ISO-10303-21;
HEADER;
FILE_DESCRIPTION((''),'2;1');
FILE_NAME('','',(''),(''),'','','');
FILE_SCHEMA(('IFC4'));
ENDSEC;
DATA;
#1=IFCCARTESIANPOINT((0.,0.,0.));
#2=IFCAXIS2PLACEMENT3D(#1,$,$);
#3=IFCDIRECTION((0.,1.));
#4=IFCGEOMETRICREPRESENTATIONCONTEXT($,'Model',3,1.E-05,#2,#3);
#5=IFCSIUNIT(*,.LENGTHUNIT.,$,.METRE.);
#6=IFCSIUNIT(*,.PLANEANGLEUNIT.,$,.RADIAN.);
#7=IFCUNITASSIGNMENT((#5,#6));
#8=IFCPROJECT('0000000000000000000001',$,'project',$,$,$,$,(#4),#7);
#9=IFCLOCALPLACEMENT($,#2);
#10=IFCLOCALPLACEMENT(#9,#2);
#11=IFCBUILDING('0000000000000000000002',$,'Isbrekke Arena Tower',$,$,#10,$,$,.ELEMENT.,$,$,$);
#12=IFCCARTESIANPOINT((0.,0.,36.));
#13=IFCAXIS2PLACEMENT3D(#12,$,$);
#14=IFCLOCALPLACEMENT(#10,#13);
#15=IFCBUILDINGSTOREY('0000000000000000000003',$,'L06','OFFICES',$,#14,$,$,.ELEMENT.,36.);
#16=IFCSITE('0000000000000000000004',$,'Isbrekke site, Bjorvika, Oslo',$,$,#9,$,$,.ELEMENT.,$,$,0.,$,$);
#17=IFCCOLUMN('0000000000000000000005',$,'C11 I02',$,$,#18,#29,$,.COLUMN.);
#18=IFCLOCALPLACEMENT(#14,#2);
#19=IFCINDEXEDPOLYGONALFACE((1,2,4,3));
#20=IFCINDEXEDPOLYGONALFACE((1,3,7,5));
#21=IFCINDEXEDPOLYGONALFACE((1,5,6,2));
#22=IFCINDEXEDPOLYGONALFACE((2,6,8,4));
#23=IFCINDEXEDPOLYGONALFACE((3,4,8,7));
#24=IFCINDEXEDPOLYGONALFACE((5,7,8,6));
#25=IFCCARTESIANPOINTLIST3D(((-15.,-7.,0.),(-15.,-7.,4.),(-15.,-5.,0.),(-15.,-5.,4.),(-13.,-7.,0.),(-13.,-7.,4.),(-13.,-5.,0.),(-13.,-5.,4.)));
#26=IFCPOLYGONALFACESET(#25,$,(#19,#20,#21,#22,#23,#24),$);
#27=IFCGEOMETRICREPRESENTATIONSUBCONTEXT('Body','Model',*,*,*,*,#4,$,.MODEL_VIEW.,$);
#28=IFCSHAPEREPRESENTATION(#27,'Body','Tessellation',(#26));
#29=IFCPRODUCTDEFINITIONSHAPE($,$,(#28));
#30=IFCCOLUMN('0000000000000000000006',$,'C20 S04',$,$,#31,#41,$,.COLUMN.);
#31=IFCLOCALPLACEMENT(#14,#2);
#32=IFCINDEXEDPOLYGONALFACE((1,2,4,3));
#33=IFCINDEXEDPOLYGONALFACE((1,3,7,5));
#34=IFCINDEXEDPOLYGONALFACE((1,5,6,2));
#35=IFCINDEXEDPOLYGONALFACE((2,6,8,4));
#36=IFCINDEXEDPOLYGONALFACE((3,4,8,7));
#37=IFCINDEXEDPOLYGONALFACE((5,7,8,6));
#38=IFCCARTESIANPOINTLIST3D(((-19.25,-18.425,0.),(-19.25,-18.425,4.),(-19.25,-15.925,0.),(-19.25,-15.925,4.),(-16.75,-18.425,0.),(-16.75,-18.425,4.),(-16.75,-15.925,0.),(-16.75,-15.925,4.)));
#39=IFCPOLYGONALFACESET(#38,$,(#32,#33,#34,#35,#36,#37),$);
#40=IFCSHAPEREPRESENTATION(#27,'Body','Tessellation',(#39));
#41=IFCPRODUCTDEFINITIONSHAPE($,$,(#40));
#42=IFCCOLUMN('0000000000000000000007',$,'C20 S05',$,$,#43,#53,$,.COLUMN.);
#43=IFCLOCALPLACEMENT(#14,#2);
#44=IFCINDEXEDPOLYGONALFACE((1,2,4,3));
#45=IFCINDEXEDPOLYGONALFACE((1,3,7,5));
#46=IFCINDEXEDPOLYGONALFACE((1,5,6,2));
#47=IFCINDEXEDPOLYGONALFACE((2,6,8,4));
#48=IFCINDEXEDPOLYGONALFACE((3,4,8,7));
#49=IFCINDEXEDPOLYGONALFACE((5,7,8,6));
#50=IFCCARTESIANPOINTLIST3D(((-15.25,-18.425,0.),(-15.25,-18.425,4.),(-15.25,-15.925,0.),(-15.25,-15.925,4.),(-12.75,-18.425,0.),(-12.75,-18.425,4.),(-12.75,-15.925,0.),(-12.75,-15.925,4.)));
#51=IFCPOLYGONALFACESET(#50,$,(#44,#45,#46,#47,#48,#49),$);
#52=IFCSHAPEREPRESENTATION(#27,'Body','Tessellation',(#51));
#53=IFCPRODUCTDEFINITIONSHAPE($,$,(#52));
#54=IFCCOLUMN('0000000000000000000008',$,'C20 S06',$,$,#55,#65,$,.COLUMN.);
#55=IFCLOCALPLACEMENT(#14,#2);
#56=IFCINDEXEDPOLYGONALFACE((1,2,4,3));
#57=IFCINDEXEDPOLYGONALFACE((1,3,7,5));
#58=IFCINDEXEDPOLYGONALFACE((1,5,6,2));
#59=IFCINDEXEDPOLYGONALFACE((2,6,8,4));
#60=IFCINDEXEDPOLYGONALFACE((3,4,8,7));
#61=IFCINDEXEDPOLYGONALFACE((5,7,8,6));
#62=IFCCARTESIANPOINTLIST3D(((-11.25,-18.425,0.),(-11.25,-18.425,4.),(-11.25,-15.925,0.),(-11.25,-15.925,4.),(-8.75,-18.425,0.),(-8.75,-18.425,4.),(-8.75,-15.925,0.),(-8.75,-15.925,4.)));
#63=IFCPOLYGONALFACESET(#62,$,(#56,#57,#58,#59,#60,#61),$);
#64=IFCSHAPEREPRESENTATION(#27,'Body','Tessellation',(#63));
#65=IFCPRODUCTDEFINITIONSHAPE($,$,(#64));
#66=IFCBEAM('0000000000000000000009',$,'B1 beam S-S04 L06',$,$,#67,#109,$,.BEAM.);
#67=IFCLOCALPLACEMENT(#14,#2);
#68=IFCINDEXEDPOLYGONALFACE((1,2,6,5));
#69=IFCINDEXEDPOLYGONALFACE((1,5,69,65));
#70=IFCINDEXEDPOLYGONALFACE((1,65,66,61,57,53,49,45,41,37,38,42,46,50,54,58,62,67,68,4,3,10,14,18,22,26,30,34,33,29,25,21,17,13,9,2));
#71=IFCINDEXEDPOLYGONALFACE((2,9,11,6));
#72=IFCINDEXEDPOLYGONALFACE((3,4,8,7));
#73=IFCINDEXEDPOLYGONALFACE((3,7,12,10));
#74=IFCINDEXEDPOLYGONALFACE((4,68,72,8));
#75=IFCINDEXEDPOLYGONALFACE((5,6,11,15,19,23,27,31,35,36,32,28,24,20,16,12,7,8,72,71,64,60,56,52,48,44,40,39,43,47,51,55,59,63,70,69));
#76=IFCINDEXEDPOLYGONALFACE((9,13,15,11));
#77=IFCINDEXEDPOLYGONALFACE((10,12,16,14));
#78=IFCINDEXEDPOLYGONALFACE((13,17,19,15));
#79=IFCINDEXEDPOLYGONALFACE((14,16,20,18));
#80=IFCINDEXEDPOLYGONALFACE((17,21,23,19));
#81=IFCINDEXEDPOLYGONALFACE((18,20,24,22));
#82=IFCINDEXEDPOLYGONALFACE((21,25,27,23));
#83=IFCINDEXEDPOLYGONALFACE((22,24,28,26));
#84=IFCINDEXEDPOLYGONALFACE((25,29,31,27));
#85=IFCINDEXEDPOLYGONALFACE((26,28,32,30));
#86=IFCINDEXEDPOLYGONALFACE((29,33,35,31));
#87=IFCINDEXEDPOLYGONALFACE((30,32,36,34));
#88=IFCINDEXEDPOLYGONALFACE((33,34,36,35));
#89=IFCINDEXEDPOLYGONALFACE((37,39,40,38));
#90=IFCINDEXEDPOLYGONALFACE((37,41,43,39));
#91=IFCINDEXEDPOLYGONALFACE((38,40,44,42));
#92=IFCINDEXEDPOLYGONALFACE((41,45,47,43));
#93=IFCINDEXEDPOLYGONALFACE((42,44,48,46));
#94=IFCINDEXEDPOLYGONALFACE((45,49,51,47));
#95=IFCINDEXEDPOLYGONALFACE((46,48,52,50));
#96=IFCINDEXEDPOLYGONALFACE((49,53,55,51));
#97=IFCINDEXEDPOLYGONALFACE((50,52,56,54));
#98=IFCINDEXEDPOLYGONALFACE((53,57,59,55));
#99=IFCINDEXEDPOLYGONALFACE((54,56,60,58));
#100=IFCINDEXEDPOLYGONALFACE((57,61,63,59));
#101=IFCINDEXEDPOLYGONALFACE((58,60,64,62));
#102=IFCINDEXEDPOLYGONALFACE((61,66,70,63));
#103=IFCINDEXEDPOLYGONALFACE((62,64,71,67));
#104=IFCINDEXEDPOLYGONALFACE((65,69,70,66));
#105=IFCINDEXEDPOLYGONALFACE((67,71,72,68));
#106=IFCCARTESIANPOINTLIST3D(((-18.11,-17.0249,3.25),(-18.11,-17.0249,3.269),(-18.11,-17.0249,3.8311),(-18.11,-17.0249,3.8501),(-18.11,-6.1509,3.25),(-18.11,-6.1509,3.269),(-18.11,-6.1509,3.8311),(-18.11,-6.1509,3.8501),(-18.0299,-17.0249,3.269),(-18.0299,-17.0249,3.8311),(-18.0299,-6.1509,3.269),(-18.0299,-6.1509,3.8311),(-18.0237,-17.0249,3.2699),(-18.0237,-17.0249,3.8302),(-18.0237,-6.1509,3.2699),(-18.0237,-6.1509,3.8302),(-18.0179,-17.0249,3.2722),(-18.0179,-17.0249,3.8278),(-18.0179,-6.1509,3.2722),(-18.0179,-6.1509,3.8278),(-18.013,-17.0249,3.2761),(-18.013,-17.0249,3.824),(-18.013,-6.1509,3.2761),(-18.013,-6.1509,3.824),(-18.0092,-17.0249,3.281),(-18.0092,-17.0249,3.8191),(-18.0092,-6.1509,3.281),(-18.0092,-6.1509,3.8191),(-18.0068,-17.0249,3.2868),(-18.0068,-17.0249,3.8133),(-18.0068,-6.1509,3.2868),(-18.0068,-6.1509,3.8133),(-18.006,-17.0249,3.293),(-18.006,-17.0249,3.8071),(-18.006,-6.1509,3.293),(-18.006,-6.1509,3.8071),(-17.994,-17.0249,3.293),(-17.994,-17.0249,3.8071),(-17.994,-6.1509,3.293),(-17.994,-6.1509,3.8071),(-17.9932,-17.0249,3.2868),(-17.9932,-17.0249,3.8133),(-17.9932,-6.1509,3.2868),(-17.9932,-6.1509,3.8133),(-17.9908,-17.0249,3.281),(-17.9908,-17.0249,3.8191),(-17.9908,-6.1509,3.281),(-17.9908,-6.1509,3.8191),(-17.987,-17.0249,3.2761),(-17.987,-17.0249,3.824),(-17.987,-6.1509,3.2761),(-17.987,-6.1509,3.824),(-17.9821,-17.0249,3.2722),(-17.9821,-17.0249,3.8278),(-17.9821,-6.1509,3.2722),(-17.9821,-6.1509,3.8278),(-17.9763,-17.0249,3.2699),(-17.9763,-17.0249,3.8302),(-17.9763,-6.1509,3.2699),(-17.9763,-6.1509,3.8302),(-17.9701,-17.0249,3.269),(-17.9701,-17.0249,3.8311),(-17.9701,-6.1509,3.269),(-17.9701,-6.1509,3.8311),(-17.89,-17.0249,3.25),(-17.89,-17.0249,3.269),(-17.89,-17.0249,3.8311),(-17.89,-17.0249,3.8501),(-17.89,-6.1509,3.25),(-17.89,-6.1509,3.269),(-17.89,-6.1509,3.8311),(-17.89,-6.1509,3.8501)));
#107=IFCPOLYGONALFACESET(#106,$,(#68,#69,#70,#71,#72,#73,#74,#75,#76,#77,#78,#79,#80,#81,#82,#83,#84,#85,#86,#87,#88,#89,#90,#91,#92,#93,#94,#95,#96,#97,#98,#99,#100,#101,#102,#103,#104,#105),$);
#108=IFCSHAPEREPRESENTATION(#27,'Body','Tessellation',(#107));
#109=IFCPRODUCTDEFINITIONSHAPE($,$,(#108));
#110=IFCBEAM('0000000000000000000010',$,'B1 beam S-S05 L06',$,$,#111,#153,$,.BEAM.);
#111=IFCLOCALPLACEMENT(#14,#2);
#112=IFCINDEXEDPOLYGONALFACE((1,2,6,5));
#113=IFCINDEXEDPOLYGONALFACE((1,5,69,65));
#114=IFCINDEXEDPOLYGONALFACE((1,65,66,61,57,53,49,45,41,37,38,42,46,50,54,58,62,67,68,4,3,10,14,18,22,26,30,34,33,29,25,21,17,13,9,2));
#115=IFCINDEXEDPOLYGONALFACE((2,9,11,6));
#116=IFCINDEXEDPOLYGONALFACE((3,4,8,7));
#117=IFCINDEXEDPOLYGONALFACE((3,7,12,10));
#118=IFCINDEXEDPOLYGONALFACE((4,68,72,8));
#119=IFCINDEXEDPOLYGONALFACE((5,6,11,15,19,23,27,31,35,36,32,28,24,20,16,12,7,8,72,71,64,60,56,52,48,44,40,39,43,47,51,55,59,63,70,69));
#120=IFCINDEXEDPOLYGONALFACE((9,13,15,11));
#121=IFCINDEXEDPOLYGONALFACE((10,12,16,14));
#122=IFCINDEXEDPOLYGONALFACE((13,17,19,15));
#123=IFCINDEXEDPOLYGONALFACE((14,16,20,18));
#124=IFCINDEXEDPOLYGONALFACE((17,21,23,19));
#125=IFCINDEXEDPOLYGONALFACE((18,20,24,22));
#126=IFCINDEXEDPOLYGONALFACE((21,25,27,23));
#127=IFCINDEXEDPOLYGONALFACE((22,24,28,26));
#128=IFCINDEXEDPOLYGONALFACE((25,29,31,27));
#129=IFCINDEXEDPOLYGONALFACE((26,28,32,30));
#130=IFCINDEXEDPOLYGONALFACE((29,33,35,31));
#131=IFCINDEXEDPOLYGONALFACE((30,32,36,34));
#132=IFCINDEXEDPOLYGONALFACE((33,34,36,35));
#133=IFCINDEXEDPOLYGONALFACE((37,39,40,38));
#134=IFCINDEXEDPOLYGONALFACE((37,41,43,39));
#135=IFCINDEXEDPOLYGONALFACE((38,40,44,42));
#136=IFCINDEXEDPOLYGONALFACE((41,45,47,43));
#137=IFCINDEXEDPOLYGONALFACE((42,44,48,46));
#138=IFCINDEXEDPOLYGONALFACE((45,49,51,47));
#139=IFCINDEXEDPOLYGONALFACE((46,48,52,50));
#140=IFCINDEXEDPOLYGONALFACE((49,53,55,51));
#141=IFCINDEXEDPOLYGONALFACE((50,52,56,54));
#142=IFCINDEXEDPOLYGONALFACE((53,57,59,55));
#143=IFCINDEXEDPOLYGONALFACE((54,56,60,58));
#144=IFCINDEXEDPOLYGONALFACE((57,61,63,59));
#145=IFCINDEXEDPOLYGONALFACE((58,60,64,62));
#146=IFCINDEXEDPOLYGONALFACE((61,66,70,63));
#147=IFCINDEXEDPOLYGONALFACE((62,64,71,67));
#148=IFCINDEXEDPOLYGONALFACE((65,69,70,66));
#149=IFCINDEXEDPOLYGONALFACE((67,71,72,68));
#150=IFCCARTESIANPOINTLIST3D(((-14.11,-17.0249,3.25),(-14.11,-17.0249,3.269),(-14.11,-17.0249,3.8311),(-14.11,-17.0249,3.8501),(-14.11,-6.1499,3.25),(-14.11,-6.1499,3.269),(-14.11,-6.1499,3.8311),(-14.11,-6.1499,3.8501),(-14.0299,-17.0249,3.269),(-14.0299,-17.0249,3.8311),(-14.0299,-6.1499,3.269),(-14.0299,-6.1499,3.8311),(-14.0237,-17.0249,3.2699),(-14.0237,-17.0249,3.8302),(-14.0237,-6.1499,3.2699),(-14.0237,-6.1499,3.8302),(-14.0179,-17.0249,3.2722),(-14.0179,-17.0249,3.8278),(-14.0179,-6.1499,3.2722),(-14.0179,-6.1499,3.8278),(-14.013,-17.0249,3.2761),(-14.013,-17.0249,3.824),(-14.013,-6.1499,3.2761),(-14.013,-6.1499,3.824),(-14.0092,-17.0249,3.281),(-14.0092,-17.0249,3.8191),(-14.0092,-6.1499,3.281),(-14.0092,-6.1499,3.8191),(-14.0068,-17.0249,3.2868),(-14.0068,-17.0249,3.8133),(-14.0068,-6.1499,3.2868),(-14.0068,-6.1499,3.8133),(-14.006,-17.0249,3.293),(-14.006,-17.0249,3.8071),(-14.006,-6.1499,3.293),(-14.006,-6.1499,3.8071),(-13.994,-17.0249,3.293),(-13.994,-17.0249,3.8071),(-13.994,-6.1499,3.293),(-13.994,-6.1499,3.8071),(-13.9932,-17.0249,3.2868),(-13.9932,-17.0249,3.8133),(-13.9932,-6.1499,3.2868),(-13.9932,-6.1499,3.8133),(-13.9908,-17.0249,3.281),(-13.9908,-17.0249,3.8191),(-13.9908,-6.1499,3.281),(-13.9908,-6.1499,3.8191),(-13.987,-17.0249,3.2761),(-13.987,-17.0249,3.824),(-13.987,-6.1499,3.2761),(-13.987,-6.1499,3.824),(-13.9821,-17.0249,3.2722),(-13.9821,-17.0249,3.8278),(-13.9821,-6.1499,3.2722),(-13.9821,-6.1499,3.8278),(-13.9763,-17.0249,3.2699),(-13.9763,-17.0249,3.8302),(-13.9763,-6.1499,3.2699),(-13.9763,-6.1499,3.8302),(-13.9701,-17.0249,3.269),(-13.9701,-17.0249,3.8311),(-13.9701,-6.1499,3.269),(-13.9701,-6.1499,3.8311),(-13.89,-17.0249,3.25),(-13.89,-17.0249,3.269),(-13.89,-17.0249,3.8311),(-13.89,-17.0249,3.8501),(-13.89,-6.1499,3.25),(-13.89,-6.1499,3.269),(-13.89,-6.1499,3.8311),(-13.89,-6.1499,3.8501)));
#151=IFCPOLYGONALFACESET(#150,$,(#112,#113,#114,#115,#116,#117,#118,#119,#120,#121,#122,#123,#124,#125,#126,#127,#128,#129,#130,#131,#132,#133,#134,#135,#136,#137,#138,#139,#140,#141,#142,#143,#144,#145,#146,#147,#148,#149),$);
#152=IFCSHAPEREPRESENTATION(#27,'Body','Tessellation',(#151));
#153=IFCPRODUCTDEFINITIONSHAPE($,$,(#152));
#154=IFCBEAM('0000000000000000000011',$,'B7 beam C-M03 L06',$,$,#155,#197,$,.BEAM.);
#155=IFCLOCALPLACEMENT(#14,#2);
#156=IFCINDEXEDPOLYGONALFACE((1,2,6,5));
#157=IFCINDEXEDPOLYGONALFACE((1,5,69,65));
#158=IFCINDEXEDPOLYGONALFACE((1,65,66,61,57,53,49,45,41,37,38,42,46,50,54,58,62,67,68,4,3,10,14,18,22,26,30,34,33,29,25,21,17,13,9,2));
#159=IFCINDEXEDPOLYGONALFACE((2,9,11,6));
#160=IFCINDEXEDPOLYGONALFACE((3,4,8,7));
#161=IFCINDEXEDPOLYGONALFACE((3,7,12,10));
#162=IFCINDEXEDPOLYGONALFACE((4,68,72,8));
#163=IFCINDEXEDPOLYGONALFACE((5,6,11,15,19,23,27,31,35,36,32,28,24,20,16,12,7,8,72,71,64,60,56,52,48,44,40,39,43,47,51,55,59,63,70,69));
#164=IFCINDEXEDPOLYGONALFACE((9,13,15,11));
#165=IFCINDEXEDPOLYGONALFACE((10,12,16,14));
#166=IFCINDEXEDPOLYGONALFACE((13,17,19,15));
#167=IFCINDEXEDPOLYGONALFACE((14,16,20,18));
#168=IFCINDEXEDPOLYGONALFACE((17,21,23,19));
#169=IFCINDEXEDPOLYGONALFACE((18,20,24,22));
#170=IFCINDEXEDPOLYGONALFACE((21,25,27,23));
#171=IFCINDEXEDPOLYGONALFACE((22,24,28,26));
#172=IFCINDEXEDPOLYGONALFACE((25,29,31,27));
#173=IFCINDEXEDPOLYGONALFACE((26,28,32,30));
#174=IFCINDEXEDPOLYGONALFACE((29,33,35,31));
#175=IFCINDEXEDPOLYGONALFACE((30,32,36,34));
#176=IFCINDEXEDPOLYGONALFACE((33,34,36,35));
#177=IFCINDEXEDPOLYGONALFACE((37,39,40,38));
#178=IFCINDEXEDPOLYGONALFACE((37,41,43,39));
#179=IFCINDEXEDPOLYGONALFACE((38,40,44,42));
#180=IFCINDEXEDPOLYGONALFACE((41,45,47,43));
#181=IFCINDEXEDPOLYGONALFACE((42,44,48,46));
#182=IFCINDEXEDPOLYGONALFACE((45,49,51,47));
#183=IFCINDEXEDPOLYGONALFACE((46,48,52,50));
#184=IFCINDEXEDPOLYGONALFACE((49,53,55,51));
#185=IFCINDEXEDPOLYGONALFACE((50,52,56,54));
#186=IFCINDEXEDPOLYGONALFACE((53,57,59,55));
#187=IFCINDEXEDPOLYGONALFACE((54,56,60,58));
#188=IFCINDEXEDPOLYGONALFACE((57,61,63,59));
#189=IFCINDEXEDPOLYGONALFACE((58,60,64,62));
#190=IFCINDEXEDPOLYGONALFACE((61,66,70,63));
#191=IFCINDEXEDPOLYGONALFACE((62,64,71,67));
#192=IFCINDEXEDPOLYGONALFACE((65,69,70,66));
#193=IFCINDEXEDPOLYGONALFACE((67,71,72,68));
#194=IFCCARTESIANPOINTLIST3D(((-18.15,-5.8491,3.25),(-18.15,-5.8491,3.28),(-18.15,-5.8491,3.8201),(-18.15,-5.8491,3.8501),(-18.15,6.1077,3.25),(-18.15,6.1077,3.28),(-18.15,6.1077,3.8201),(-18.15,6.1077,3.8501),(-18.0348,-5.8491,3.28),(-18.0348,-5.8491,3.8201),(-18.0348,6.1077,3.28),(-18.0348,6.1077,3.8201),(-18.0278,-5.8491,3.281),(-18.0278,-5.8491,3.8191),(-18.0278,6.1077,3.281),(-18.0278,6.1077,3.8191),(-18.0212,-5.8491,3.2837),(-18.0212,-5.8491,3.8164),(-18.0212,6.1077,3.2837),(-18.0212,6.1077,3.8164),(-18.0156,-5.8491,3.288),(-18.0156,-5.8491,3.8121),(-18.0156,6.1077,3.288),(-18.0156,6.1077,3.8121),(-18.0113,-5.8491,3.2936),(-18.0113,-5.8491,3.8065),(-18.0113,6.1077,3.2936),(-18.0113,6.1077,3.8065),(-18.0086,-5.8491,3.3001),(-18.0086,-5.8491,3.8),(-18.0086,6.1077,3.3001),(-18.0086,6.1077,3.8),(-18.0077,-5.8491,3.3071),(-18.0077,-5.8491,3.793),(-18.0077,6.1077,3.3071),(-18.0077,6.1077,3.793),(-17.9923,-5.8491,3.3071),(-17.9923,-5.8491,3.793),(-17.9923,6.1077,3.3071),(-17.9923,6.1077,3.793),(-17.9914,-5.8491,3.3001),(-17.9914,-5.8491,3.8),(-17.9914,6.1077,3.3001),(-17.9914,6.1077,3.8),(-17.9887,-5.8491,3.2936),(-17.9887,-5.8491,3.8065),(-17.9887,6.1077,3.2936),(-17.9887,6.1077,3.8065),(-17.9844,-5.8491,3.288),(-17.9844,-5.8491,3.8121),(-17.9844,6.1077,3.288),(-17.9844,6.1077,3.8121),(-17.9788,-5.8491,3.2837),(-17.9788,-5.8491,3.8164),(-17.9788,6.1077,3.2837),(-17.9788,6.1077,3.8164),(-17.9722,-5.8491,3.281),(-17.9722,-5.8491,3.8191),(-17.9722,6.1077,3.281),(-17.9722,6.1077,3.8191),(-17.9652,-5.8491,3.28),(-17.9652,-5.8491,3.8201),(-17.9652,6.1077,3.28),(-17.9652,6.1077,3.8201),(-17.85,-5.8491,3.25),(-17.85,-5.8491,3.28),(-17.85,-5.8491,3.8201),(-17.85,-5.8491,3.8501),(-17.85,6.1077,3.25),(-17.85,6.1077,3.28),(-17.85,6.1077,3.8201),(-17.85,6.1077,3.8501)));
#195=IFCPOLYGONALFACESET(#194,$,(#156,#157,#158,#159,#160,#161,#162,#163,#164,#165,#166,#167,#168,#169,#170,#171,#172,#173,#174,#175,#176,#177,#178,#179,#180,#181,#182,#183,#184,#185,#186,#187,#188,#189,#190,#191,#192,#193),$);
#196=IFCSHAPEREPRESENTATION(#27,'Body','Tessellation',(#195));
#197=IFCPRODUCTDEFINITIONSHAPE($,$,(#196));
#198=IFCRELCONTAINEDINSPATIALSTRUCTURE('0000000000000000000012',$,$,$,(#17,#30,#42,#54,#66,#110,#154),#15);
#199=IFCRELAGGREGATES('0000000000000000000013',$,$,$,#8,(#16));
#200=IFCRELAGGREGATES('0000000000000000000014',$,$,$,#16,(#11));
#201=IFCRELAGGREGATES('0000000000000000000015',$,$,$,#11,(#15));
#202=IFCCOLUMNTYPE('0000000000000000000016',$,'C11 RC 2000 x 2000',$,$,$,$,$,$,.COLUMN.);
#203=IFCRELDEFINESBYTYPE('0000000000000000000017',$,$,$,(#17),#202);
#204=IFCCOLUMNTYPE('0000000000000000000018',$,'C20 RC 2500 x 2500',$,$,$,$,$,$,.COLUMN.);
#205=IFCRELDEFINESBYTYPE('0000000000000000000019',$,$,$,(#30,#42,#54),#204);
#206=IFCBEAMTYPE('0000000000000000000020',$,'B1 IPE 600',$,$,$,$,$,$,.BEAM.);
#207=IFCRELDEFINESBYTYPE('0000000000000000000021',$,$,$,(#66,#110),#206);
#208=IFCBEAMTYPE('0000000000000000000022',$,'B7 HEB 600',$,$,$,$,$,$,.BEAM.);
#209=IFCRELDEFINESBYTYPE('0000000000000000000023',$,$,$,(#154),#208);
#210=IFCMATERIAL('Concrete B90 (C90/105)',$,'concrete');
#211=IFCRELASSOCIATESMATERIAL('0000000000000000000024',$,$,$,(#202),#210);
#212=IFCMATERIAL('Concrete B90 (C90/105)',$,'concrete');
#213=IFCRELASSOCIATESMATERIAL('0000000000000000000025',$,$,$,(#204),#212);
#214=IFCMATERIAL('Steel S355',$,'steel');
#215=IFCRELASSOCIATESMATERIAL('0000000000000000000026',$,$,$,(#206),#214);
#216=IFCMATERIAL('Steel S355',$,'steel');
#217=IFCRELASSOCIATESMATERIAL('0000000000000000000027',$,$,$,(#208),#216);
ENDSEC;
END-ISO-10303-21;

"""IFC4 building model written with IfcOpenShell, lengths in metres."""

from ifc_helpers import new_model, si_unit, direction, frame, origin, origin_2d, place, context, subcontext, project, spatial, rectangle, i_section, extrude, material, material_profile, profile_set, type_object, element, save


model = new_model("IFC4")

# Units and contexts
model_context = context("Model", 3, precision=1e-05, world=origin(), true_north=direction((0.0, 1.0)))
body_context = subcontext(model_context, "Body", "Model", "MODEL_VIEW")
ifc_project = project(units=[si_unit("LENGTHUNIT", "METRE"), si_unit("PLANEANGLEUNIT", "RADIAN")], contexts=[model_context])

# Site, building, storey
site_placement = place(None, origin())
site = spatial("IfcSite", under=ifc_project, at=site_placement, Name="Isbrekke site, Bjorvika, Oslo", CompositionType="ELEMENT", RefElevation=0.0)
building_placement = place(site_placement, origin())
building = spatial("IfcBuilding", under=site, at=building_placement, Name="Isbrekke Arena Tower", CompositionType="ELEMENT")
storey_placement = place(building_placement, frame((0.0, 0.0, 36.0)))
storey = spatial("IfcBuildingStorey", under=building, at=storey_placement, Name="L06", Description="OFFICES", CompositionType="ELEMENT", Elevation=36.0)

# Columns
ifc_material_1 = material(Name="Concrete B90 (C90/105)", Category="concrete")
ifc_material_profile_1 = material_profile(ifc_material_1, rectangle(XDim=2.0, YDim=2.0, at=origin_2d()), Name="RC 2000x2000")
ifc_profile_set_1 = profile_set([ifc_material_profile_1], Name="Concrete B90 (C90/105)")
column_type_1 = type_object("IfcColumnType", Name="C11 RC 2000 x 2000", PredefinedType="COLUMN", material=ifc_profile_set_1)
column_placement = place(storey_placement, frame((-14.0, -6.0, 0.0), z_axis=(0.0, 0.0, 1.0), x_axis=(1.0, 0.0, 0.0)))
element("IfcColumn", 1, at=column_placement, inside=storey, type_object=column_type_1, Name="C11 I02", PredefinedType="COLUMN", context=body_context, shape_type="SweptSolid", body=[
    extrude(rectangle(XDim=2.0, YDim=2.0, at=origin_2d()), origin(), (0.0, 0.0, 1.0), 4.0),
])
ifc_material_2 = material(Name="Concrete B90 (C90/105)", Category="concrete")
ifc_material_profile_2 = material_profile(ifc_material_2, rectangle(XDim=2.5, YDim=2.5, at=origin_2d()), Name="RC 2500x2500")
ifc_profile_set_2 = profile_set([ifc_material_profile_2], Name="Concrete B90 (C90/105)")
column_type_2 = type_object("IfcColumnType", Name="C20 RC 2500 x 2500", PredefinedType="COLUMN", material=ifc_profile_set_2)
for number, where, z_axis, x_axis, name in (
    (2, (-18.0, -17.175, 0.0), (0.0, 0.0, 1.0), (1.0, 0.0, 0.0), "C20 S04"),
    (3, (-14.0, -17.175, 0.0), (0.0, 0.0, 1.0), (1.0, 0.0, 0.0), "C20 S05"),
    (4, (-10.0, -17.175, 0.0), (0.0, 0.0, 1.0), (1.0, 0.0, 0.0), "C20 S06"),
):
    element("IfcColumn", number, at=place(storey_placement, frame(where, z_axis=z_axis, x_axis=x_axis)), inside=storey, type_object=column_type_2, Name=name, PredefinedType="COLUMN", context=body_context, shape_type="SweptSolid", body=[
        extrude(rectangle(XDim=2.5, YDim=2.5, at=origin_2d()), origin(), (0.0, 0.0, 1.0), 4.0),
    ])

# Beams
ifc_material_3 = material(Name="Steel S355", Category="steel")
ifc_material_profile_3 = material_profile(ifc_material_3, i_section(OverallWidth=0.22, OverallDepth=0.6001, WebThickness=0.012, FlangeThickness=0.019, FilletRadius=0.0239, at=origin_2d()), Name="IPE 600")
ifc_profile_set_3 = profile_set([ifc_material_profile_3], Name="Steel S355")
beam_type_1 = type_object("IfcBeamType", Name="B1 IPE 600", PredefinedType="BEAM", material=ifc_profile_set_3)
beam_1_placement = place(storey_placement, frame((-18.0, -17.0249, 3.55), z_axis=(0.0, 1.0, 0.0), x_axis=(-1.0, 0.0, 0.0)))
element("IfcBeam", 5, at=beam_1_placement, inside=storey, type_object=beam_type_1, Name="B1 beam S-S04 L06", PredefinedType="BEAM", context=body_context, shape_type="SweptSolid", body=[
    extrude(i_section(OverallWidth=0.22, OverallDepth=0.6001, WebThickness=0.012, FlangeThickness=0.019, FilletRadius=0.0239, at=origin_2d()), origin(), (0.0, 0.0, 1.0), 10.874),
])
beam_2_placement = place(storey_placement, frame((-14.0, -17.0249, 3.55), z_axis=(0.0, 1.0, 0.0), x_axis=(-1.0, 0.0, 0.0)))
element("IfcBeam", 6, at=beam_2_placement, inside=storey, type_object=beam_type_1, Name="B1 beam S-S05 L06", PredefinedType="BEAM", context=body_context, shape_type="SweptSolid", body=[
    extrude(i_section(OverallWidth=0.22, OverallDepth=0.6001, WebThickness=0.012, FlangeThickness=0.019, FilletRadius=0.0239, at=origin_2d()), origin(), (0.0, 0.0, 1.0), 10.875),
])
ifc_material_4 = material(Name="Steel S355", Category="steel")
ifc_material_profile_4 = material_profile(ifc_material_4, i_section(OverallWidth=0.3, OverallDepth=0.6001, WebThickness=0.0154, FlangeThickness=0.03, FilletRadius=0.0271, at=origin_2d()), Name="HEB 600")
ifc_profile_set_4 = profile_set([ifc_material_profile_4], Name="Steel S355")
beam_type_2 = type_object("IfcBeamType", Name="B7 HEB 600", PredefinedType="BEAM", material=ifc_profile_set_4)
beam_3_placement = place(storey_placement, frame((-18.0, -5.8491, 3.55), z_axis=(0.0, 1.0, 0.0), x_axis=(-1.0, 0.0, 0.0)))
element("IfcBeam", 7, at=beam_3_placement, inside=storey, type_object=beam_type_2, Name="B7 beam C-M03 L06", PredefinedType="BEAM", context=body_context, shape_type="SweptSolid", body=[
    extrude(i_section(OverallWidth=0.3, OverallDepth=0.6001, WebThickness=0.0154, FlangeThickness=0.03, FilletRadius=0.0271, at=origin_2d()), origin(), (0.0, 0.0, 1.0), 11.9568),
])

save(model, "model.ifc")
